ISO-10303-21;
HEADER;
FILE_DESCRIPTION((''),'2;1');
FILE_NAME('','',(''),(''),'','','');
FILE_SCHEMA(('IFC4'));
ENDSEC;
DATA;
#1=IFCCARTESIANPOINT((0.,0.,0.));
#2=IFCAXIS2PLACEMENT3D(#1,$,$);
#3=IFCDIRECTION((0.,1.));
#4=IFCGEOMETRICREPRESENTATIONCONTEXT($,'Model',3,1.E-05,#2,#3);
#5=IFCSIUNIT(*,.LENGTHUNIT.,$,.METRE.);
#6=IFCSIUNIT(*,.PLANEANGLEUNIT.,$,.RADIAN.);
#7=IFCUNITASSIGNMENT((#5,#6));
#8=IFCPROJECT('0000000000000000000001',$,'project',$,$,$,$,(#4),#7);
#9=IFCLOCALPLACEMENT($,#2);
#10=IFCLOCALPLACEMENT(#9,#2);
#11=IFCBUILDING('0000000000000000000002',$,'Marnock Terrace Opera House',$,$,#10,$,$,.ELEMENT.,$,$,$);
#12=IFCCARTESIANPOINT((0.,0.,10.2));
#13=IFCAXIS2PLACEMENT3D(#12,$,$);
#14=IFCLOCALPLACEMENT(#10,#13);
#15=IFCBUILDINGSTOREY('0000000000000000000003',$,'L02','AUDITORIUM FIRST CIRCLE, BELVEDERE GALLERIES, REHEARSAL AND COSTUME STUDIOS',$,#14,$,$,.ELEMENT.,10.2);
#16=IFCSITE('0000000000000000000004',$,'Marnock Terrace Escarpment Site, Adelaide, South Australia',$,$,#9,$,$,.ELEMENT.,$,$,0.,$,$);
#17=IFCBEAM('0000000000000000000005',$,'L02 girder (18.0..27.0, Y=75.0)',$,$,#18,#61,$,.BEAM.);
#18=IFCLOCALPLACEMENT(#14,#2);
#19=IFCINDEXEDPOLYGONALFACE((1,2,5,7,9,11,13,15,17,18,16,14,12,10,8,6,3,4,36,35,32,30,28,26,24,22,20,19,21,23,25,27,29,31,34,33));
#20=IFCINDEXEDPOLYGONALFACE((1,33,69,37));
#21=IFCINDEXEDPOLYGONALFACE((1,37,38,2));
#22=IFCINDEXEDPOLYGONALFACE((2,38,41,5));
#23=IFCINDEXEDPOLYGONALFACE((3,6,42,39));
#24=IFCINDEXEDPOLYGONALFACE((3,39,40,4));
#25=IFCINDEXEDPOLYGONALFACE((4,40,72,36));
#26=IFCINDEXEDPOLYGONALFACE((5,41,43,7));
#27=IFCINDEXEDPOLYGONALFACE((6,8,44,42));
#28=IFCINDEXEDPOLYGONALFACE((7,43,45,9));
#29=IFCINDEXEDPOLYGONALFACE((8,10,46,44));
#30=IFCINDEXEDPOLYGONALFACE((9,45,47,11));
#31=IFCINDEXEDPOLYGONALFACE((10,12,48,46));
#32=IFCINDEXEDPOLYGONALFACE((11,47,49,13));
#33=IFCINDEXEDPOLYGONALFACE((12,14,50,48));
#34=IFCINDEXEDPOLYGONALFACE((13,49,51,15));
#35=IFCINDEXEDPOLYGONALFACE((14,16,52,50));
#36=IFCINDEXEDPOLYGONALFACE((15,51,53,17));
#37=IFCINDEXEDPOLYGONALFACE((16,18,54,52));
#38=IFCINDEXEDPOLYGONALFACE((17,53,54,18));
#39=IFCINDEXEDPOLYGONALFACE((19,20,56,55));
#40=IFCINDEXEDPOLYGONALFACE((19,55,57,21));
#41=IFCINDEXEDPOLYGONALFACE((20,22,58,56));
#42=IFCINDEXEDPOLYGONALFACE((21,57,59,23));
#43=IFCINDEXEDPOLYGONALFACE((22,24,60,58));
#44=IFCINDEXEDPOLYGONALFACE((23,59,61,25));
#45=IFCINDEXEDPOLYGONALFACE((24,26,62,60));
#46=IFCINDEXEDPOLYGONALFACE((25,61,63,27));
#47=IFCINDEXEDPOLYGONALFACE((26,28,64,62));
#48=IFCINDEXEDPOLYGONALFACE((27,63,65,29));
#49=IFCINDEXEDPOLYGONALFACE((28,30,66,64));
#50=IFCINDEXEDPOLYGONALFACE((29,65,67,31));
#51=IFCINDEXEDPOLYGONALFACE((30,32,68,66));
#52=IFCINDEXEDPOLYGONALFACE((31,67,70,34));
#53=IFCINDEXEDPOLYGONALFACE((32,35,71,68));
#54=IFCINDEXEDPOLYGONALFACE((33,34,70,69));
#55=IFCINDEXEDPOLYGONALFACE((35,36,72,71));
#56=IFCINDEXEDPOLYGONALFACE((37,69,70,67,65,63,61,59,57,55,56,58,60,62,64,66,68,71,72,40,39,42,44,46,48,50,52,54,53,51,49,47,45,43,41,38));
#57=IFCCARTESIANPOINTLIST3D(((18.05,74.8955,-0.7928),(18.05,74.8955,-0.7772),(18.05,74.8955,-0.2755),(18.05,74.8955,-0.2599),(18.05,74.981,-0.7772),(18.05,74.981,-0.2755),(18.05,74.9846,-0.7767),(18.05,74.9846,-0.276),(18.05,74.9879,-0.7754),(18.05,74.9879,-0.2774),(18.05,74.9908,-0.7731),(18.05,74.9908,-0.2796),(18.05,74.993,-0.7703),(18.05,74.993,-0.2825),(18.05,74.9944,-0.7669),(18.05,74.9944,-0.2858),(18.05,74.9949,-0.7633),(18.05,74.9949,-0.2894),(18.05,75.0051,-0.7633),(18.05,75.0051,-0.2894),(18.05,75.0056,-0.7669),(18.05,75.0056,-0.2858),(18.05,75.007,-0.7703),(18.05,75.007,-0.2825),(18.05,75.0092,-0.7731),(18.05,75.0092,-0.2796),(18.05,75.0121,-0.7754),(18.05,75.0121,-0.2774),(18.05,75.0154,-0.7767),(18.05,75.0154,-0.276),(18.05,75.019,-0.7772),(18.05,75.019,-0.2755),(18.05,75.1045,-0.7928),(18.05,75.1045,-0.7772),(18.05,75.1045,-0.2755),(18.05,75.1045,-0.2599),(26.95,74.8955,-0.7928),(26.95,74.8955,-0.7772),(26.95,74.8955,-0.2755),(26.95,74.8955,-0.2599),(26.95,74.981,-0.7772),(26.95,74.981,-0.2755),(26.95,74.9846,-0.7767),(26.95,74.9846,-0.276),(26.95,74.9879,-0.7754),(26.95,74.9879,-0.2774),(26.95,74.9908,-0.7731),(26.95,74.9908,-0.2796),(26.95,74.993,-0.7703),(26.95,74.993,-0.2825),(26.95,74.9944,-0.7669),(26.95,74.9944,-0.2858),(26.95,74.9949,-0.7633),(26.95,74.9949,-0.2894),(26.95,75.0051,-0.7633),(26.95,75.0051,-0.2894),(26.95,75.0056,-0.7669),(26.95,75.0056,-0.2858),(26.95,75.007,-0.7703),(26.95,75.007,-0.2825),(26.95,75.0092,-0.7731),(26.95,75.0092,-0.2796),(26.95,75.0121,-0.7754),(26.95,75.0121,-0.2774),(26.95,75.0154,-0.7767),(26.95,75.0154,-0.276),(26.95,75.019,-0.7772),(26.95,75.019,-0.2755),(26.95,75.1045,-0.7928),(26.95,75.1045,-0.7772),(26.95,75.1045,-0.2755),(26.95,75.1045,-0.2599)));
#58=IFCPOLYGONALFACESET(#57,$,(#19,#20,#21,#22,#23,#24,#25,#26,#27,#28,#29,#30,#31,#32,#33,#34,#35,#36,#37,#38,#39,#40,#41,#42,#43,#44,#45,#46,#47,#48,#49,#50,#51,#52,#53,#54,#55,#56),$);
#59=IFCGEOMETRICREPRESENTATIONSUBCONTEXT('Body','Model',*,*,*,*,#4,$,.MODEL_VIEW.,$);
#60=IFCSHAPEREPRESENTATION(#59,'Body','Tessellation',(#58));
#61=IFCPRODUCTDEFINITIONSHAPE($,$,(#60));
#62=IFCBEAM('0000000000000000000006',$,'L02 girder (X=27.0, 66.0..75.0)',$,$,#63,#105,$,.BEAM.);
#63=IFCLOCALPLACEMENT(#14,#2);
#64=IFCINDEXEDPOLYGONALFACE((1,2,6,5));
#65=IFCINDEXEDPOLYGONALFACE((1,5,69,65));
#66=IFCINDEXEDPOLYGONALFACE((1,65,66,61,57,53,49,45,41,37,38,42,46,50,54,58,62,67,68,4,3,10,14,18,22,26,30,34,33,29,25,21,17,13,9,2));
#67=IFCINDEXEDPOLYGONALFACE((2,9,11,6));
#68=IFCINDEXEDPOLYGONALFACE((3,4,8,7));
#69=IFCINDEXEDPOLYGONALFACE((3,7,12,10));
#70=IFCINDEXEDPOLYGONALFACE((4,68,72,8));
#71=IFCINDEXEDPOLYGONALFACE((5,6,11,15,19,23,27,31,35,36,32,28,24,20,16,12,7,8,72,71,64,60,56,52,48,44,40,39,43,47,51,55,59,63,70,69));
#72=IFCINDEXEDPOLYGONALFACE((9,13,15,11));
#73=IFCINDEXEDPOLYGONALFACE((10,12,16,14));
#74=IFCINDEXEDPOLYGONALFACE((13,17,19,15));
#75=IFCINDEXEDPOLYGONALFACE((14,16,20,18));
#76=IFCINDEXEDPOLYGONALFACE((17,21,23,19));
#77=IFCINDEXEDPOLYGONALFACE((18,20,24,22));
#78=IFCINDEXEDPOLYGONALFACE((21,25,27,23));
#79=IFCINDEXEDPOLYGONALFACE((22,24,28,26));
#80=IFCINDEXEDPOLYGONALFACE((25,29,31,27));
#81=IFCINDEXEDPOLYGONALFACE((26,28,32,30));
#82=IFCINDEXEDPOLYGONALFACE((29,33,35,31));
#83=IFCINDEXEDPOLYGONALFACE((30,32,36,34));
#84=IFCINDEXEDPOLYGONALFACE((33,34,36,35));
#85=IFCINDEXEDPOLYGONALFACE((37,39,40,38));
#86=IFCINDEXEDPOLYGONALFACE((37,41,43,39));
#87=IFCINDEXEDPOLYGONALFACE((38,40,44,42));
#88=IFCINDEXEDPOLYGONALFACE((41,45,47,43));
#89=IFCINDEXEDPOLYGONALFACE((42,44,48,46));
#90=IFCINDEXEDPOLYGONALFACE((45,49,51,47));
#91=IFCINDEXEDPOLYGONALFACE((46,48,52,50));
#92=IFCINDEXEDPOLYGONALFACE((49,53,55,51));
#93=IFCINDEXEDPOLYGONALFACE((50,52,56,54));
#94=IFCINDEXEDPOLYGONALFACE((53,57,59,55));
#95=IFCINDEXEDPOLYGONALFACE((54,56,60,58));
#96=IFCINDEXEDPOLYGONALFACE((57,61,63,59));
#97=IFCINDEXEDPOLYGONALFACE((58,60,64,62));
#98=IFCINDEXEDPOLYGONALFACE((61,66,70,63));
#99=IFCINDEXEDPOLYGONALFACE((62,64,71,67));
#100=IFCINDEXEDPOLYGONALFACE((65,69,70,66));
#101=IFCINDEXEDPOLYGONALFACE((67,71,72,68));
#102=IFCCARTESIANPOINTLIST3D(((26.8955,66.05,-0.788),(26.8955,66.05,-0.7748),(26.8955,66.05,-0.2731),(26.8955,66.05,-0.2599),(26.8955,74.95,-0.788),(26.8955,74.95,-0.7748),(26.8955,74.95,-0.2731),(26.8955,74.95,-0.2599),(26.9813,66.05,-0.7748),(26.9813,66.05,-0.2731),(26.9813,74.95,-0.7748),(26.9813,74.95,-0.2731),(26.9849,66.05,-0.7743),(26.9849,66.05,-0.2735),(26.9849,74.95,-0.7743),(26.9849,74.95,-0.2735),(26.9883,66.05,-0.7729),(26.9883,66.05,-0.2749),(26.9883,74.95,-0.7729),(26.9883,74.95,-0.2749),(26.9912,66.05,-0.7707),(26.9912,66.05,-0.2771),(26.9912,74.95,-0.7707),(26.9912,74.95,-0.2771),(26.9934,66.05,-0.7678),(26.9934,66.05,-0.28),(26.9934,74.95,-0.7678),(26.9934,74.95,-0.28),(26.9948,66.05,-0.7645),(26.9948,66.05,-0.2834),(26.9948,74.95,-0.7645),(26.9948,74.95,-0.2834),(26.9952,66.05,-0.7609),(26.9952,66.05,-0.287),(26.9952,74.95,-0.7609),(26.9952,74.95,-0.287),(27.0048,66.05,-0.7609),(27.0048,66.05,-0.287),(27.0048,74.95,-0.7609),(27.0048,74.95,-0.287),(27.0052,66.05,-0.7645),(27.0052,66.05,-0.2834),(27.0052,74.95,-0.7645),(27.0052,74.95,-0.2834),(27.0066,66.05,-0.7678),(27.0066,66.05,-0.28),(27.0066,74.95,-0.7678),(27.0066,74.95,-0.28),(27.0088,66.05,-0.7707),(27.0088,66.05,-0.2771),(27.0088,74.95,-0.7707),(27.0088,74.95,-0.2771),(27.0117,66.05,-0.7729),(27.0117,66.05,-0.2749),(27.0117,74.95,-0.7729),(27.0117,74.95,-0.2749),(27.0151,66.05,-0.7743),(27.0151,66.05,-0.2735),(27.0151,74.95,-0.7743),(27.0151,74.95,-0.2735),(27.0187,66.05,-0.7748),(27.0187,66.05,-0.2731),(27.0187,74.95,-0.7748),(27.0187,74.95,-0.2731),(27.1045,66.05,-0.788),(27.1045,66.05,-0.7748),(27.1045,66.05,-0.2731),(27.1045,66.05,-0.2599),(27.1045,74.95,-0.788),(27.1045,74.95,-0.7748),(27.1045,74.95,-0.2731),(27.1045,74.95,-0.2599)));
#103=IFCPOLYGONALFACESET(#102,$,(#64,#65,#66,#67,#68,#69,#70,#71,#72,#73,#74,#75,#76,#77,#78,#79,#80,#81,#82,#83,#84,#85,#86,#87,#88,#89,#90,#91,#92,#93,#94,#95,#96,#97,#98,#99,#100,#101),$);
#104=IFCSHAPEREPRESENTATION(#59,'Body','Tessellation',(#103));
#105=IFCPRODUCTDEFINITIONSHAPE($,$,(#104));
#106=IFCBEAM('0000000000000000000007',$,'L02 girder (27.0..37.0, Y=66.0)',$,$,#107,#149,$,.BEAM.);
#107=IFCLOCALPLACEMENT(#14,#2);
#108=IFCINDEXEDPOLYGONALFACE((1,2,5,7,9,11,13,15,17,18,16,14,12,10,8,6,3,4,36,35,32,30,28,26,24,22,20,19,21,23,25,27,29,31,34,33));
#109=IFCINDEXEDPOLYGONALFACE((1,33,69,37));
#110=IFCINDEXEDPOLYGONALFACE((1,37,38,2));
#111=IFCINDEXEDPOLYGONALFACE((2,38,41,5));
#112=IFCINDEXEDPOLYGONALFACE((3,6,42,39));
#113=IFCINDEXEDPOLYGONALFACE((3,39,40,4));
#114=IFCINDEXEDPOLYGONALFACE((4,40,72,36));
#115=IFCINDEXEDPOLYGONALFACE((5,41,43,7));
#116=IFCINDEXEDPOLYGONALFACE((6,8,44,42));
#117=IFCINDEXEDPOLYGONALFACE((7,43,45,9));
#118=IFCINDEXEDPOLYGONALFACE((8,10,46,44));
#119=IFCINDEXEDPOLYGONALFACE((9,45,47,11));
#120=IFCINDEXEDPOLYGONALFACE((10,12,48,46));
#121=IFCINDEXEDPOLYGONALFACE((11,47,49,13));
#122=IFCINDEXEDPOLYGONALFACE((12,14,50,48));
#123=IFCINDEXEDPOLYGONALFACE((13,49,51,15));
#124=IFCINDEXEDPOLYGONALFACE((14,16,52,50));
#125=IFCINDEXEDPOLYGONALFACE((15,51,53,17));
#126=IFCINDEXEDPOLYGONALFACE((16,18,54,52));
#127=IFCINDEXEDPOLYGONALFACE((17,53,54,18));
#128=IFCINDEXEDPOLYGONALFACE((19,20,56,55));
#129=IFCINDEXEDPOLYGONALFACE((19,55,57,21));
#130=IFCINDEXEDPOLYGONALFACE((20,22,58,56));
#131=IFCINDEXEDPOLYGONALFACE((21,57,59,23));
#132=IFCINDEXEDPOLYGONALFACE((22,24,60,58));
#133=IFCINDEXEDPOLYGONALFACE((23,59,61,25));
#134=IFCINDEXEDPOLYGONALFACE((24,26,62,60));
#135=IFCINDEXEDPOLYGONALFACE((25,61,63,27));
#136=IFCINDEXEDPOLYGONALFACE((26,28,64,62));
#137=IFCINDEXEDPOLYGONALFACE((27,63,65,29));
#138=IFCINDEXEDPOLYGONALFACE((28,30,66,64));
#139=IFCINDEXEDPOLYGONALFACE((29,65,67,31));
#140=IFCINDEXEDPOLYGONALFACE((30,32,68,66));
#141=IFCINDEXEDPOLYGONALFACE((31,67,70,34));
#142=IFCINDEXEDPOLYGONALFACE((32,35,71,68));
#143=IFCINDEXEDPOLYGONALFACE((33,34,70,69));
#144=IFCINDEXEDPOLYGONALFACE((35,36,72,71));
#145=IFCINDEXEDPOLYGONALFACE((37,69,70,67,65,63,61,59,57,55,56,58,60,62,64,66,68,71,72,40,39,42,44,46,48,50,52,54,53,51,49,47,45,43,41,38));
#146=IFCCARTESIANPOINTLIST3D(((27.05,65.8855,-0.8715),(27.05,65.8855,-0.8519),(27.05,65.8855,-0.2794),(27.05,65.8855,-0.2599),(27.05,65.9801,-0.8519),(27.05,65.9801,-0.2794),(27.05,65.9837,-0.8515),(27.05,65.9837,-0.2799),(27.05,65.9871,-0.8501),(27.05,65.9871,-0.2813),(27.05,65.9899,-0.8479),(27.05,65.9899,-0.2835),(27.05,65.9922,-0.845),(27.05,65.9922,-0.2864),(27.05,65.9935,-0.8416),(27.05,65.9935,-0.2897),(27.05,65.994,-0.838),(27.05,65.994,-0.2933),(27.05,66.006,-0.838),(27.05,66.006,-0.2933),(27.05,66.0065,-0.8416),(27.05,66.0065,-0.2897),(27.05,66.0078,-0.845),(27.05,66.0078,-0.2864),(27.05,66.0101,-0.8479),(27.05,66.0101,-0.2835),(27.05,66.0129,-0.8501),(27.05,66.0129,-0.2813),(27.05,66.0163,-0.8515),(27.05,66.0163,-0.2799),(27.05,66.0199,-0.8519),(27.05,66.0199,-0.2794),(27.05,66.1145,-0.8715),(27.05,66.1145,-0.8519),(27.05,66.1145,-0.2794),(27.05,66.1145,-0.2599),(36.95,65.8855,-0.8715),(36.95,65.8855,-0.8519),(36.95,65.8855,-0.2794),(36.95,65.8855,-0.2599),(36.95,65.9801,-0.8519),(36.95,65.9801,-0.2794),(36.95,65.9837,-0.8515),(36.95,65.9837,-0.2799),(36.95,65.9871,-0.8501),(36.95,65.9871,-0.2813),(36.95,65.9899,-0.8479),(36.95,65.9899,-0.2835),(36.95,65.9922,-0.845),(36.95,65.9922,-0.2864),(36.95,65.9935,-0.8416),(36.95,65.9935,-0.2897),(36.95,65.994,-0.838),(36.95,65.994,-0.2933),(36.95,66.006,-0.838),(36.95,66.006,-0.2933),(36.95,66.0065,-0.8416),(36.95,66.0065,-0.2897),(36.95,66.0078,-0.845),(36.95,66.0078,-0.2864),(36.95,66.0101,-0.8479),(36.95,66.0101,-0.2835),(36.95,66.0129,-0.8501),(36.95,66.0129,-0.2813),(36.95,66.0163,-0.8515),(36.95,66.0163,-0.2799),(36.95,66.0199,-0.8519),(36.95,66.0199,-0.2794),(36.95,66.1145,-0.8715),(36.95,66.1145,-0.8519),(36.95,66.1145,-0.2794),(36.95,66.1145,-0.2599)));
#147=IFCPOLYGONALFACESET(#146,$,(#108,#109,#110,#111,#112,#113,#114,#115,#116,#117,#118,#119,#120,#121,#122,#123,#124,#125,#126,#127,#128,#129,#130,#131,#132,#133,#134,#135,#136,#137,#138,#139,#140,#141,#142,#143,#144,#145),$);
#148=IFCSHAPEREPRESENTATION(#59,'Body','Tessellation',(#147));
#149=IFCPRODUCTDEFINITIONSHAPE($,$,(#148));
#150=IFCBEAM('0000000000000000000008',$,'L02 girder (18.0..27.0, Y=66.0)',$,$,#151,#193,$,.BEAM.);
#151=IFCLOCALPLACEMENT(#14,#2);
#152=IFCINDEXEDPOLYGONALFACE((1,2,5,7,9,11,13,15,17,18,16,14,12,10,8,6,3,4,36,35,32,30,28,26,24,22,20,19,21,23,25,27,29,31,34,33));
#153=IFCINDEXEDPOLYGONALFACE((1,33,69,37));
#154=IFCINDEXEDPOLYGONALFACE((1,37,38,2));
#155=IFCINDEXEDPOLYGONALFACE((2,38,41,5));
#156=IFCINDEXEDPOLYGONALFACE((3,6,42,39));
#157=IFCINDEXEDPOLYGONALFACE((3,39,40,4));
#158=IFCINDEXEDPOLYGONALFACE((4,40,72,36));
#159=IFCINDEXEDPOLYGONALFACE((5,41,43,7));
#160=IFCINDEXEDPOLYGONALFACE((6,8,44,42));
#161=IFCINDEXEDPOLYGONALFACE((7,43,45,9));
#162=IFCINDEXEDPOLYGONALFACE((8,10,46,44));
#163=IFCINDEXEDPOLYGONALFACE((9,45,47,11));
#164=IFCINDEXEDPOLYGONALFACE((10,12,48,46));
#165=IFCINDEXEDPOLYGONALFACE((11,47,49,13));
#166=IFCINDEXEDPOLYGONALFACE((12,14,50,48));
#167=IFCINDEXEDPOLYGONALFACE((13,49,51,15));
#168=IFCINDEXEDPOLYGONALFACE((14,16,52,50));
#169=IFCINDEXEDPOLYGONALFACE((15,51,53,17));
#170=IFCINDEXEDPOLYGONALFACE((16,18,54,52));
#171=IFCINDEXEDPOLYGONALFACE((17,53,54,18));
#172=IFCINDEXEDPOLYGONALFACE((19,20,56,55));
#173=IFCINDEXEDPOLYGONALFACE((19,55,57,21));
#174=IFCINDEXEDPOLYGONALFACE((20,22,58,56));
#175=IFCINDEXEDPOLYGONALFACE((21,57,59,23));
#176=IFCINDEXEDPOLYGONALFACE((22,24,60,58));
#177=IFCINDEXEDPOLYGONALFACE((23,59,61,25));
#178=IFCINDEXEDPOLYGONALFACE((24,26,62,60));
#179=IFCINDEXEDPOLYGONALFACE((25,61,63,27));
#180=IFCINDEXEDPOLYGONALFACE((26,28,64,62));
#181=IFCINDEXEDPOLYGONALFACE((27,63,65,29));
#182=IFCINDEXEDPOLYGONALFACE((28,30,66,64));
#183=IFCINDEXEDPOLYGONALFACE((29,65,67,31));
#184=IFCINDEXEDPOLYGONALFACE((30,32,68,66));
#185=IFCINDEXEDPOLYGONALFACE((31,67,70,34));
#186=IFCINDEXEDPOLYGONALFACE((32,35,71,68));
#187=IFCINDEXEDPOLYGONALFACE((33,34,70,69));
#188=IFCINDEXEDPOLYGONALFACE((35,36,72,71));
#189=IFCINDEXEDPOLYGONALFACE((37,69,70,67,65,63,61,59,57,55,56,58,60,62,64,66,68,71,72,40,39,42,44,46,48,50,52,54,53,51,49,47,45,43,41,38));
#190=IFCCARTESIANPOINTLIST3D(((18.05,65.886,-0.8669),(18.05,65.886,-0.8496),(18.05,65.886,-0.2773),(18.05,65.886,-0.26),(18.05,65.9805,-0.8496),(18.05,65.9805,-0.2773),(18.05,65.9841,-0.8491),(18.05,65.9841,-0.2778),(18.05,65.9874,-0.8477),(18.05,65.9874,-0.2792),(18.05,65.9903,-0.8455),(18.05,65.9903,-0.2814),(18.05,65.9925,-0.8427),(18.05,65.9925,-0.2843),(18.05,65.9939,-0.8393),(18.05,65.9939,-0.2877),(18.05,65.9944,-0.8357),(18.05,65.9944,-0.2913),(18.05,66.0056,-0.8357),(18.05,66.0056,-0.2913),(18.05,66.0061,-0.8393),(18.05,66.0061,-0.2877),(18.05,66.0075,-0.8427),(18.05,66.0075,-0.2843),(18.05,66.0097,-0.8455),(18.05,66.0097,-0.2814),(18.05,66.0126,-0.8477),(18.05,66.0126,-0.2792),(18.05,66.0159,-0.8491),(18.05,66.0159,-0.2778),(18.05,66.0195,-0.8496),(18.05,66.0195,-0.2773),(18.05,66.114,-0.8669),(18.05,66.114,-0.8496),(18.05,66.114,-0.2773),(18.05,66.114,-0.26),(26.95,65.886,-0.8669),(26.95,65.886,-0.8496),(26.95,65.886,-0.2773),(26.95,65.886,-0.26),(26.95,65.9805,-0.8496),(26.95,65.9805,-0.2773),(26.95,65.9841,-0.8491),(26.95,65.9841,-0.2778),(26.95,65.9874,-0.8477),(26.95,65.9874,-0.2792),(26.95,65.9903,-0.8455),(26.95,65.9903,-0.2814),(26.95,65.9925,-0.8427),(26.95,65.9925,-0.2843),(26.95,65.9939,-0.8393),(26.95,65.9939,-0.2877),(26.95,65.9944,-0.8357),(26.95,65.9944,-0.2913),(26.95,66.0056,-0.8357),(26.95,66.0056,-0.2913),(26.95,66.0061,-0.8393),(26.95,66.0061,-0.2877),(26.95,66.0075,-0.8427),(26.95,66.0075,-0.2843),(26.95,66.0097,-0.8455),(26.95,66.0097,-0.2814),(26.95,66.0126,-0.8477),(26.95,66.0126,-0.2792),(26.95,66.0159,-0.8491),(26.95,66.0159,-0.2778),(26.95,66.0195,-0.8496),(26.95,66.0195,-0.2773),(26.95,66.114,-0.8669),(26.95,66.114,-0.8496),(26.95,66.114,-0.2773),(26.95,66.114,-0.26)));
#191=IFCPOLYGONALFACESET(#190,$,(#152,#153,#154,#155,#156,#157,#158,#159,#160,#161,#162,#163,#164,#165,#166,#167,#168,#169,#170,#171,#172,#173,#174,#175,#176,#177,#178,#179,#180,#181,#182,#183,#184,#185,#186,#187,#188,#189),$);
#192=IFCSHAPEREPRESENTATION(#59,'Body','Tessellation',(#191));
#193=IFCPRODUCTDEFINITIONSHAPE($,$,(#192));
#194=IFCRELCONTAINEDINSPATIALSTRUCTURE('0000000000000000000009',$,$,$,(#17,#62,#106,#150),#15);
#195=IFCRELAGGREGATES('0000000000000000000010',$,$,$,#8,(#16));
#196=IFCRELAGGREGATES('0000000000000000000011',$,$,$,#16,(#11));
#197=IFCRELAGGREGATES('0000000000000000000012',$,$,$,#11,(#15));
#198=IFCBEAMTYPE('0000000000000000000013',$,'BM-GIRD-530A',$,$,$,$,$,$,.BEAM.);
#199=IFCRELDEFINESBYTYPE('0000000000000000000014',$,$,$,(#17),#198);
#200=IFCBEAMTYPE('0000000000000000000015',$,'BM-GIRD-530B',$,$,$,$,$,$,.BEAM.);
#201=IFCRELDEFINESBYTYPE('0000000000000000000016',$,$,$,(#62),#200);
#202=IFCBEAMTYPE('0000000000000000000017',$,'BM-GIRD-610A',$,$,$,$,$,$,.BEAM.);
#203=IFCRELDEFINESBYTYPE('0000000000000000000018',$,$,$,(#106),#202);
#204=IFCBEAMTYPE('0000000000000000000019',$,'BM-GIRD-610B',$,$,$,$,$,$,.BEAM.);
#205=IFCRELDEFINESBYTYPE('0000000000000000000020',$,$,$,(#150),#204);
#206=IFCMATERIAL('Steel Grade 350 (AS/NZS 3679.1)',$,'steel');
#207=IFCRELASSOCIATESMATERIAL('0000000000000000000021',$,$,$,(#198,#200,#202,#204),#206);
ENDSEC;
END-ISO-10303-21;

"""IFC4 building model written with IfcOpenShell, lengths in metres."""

from ifc_helpers import new_model, si_unit, direction, frame, origin, origin_2d, place, context, subcontext, project, spatial, i_section, extrude, material, material_profile, profile_set, type_object, element, save


model = new_model("IFC4")

# Units and contexts
model_context = context("Model", 3, precision=1e-05, world=origin(), true_north=direction((0.0, 1.0)))
body_context = subcontext(model_context, "Body", "Model", "MODEL_VIEW")
ifc_project = project(units=[si_unit("LENGTHUNIT", "METRE"), si_unit("PLANEANGLEUNIT", "RADIAN")], contexts=[model_context])

# Site, building, storey
site_placement = place(None, origin())
site = spatial("IfcSite", under=ifc_project, at=site_placement, Name="Marnock Terrace Escarpment Site, Adelaide, South Australia", CompositionType="ELEMENT", RefElevation=0.0)
building_placement = place(site_placement, origin())
building = spatial("IfcBuilding", under=site, at=building_placement, Name="Marnock Terrace Opera House", CompositionType="ELEMENT")
storey_placement = place(building_placement, frame((0.0, 0.0, 10.2)))
storey = spatial("IfcBuildingStorey", under=building, at=storey_placement, Name="L02", Description="AUDITORIUM FIRST CIRCLE, BELVEDERE GALLERIES, REHEARSAL AND COSTUME STUDIOS", CompositionType="ELEMENT", Elevation=10.2)

# Shared definitions
ifc_material_1 = material(Name="Steel Grade 350 (AS/NZS 3679.1)", Category="steel")

# Beams
ifc_material_profile_1 = material_profile(ifc_material_1, i_section(OverallWidth=0.209, OverallDepth=0.533, WebThickness=0.0103, FlangeThickness=0.0156, FilletRadius=0.0139, at=origin_2d()))
ifc_profile_set_1 = profile_set([ifc_material_profile_1], Name="Steel Grade 350 (AS/NZS 3679.1)")
beam_type_1 = type_object("IfcBeamType", Name="BM-GIRD-530A", PredefinedType="BEAM", material=ifc_profile_set_1)
beam_1_placement = place(storey_placement, frame((18.05, 75.0, -0.5264), z_axis=(1.0, 0.0, 0.0), x_axis=(0.0, 1.0, 0.0)))
element("IfcBeam", 1, at=beam_1_placement, inside=storey, type_object=beam_type_1, Name="L02 girder (18.0..27.0, Y=75.0)", PredefinedType="BEAM", context=body_context, shape_type="SweptSolid", body=[
    extrude(i_section(OverallWidth=0.209, OverallDepth=0.533, WebThickness=0.0103, FlangeThickness=0.0156, FilletRadius=0.0139, at=origin_2d()), origin(), (0.0, 0.0, 1.0), 8.8999),
])
ifc_material_profile_2 = material_profile(ifc_material_1, i_section(OverallWidth=0.209, OverallDepth=0.5281, WebThickness=0.0095, FlangeThickness=0.0132, FilletRadius=0.0139, at=origin_2d()))
ifc_profile_set_2 = profile_set([ifc_material_profile_2], Name="Steel Grade 350 (AS/NZS 3679.1)")
beam_type_2 = type_object("IfcBeamType", Name="BM-GIRD-530B", PredefinedType="BEAM", material=ifc_profile_set_2)
beam_2_placement = place(storey_placement, frame((27.0, 66.05, -0.5239), z_axis=(0.0, 1.0, 0.0), x_axis=(-1.0, 0.0, 0.0)))
element("IfcBeam", 2, at=beam_2_placement, inside=storey, type_object=beam_type_2, Name="L02 girder (X=27.0, 66.0..75.0)", PredefinedType="BEAM", context=body_context, shape_type="SweptSolid", body=[
    extrude(i_section(OverallWidth=0.209, OverallDepth=0.5281, WebThickness=0.0095, FlangeThickness=0.0132, FilletRadius=0.0139, at=origin_2d()), origin(), (0.0, 0.0, 1.0), 8.8999),
])
ifc_material_profile_3 = material_profile(ifc_material_1, i_section(OverallWidth=0.229, OverallDepth=0.6116, WebThickness=0.012, FlangeThickness=0.0195, FilletRadius=0.0139, at=origin_2d()))
ifc_profile_set_3 = profile_set([ifc_material_profile_3], Name="Steel Grade 350 (AS/NZS 3679.1)")
beam_type_3 = type_object("IfcBeamType", Name="BM-GIRD-610A", PredefinedType="BEAM", material=ifc_profile_set_3)
beam_3_placement = place(storey_placement, frame((27.05, 66.0, -0.5657), z_axis=(1.0, 0.0, 0.0), x_axis=(0.0, 1.0, 0.0)))
element("IfcBeam", 3, at=beam_3_placement, inside=storey, type_object=beam_type_3, Name="L02 girder (27.0..37.0, Y=66.0)", PredefinedType="BEAM", context=body_context, shape_type="SweptSolid", body=[
    extrude(i_section(OverallWidth=0.229, OverallDepth=0.6116, WebThickness=0.012, FlangeThickness=0.0195, FilletRadius=0.0139, at=origin_2d()), origin(), (0.0, 0.0, 1.0), 9.8999),
])
ifc_material_profile_4 = material_profile(ifc_material_1, i_section(OverallWidth=0.228, OverallDepth=0.6069, WebThickness=0.0112, FlangeThickness=0.0173, FilletRadius=0.0139, at=origin_2d()))
ifc_profile_set_4 = profile_set([ifc_material_profile_4], Name="Steel Grade 350 (AS/NZS 3679.1)")
beam_type_4 = type_object("IfcBeamType", Name="BM-GIRD-610B", PredefinedType="BEAM", material=ifc_profile_set_4)
beam_4_placement = place(storey_placement, frame((18.05, 66.0, -0.5635), z_axis=(1.0, 0.0, 0.0), x_axis=(0.0, 1.0, 0.0)))
element("IfcBeam", 4, at=beam_4_placement, inside=storey, type_object=beam_type_4, Name="L02 girder (18.0..27.0, Y=66.0)", PredefinedType="BEAM", context=body_context, shape_type="SweptSolid", body=[
    extrude(i_section(OverallWidth=0.228, OverallDepth=0.6069, WebThickness=0.0112, FlangeThickness=0.0173, FilletRadius=0.0139, at=origin_2d()), origin(), (0.0, 0.0, 1.0), 8.8999),
])

save(model, "model.ifc")
